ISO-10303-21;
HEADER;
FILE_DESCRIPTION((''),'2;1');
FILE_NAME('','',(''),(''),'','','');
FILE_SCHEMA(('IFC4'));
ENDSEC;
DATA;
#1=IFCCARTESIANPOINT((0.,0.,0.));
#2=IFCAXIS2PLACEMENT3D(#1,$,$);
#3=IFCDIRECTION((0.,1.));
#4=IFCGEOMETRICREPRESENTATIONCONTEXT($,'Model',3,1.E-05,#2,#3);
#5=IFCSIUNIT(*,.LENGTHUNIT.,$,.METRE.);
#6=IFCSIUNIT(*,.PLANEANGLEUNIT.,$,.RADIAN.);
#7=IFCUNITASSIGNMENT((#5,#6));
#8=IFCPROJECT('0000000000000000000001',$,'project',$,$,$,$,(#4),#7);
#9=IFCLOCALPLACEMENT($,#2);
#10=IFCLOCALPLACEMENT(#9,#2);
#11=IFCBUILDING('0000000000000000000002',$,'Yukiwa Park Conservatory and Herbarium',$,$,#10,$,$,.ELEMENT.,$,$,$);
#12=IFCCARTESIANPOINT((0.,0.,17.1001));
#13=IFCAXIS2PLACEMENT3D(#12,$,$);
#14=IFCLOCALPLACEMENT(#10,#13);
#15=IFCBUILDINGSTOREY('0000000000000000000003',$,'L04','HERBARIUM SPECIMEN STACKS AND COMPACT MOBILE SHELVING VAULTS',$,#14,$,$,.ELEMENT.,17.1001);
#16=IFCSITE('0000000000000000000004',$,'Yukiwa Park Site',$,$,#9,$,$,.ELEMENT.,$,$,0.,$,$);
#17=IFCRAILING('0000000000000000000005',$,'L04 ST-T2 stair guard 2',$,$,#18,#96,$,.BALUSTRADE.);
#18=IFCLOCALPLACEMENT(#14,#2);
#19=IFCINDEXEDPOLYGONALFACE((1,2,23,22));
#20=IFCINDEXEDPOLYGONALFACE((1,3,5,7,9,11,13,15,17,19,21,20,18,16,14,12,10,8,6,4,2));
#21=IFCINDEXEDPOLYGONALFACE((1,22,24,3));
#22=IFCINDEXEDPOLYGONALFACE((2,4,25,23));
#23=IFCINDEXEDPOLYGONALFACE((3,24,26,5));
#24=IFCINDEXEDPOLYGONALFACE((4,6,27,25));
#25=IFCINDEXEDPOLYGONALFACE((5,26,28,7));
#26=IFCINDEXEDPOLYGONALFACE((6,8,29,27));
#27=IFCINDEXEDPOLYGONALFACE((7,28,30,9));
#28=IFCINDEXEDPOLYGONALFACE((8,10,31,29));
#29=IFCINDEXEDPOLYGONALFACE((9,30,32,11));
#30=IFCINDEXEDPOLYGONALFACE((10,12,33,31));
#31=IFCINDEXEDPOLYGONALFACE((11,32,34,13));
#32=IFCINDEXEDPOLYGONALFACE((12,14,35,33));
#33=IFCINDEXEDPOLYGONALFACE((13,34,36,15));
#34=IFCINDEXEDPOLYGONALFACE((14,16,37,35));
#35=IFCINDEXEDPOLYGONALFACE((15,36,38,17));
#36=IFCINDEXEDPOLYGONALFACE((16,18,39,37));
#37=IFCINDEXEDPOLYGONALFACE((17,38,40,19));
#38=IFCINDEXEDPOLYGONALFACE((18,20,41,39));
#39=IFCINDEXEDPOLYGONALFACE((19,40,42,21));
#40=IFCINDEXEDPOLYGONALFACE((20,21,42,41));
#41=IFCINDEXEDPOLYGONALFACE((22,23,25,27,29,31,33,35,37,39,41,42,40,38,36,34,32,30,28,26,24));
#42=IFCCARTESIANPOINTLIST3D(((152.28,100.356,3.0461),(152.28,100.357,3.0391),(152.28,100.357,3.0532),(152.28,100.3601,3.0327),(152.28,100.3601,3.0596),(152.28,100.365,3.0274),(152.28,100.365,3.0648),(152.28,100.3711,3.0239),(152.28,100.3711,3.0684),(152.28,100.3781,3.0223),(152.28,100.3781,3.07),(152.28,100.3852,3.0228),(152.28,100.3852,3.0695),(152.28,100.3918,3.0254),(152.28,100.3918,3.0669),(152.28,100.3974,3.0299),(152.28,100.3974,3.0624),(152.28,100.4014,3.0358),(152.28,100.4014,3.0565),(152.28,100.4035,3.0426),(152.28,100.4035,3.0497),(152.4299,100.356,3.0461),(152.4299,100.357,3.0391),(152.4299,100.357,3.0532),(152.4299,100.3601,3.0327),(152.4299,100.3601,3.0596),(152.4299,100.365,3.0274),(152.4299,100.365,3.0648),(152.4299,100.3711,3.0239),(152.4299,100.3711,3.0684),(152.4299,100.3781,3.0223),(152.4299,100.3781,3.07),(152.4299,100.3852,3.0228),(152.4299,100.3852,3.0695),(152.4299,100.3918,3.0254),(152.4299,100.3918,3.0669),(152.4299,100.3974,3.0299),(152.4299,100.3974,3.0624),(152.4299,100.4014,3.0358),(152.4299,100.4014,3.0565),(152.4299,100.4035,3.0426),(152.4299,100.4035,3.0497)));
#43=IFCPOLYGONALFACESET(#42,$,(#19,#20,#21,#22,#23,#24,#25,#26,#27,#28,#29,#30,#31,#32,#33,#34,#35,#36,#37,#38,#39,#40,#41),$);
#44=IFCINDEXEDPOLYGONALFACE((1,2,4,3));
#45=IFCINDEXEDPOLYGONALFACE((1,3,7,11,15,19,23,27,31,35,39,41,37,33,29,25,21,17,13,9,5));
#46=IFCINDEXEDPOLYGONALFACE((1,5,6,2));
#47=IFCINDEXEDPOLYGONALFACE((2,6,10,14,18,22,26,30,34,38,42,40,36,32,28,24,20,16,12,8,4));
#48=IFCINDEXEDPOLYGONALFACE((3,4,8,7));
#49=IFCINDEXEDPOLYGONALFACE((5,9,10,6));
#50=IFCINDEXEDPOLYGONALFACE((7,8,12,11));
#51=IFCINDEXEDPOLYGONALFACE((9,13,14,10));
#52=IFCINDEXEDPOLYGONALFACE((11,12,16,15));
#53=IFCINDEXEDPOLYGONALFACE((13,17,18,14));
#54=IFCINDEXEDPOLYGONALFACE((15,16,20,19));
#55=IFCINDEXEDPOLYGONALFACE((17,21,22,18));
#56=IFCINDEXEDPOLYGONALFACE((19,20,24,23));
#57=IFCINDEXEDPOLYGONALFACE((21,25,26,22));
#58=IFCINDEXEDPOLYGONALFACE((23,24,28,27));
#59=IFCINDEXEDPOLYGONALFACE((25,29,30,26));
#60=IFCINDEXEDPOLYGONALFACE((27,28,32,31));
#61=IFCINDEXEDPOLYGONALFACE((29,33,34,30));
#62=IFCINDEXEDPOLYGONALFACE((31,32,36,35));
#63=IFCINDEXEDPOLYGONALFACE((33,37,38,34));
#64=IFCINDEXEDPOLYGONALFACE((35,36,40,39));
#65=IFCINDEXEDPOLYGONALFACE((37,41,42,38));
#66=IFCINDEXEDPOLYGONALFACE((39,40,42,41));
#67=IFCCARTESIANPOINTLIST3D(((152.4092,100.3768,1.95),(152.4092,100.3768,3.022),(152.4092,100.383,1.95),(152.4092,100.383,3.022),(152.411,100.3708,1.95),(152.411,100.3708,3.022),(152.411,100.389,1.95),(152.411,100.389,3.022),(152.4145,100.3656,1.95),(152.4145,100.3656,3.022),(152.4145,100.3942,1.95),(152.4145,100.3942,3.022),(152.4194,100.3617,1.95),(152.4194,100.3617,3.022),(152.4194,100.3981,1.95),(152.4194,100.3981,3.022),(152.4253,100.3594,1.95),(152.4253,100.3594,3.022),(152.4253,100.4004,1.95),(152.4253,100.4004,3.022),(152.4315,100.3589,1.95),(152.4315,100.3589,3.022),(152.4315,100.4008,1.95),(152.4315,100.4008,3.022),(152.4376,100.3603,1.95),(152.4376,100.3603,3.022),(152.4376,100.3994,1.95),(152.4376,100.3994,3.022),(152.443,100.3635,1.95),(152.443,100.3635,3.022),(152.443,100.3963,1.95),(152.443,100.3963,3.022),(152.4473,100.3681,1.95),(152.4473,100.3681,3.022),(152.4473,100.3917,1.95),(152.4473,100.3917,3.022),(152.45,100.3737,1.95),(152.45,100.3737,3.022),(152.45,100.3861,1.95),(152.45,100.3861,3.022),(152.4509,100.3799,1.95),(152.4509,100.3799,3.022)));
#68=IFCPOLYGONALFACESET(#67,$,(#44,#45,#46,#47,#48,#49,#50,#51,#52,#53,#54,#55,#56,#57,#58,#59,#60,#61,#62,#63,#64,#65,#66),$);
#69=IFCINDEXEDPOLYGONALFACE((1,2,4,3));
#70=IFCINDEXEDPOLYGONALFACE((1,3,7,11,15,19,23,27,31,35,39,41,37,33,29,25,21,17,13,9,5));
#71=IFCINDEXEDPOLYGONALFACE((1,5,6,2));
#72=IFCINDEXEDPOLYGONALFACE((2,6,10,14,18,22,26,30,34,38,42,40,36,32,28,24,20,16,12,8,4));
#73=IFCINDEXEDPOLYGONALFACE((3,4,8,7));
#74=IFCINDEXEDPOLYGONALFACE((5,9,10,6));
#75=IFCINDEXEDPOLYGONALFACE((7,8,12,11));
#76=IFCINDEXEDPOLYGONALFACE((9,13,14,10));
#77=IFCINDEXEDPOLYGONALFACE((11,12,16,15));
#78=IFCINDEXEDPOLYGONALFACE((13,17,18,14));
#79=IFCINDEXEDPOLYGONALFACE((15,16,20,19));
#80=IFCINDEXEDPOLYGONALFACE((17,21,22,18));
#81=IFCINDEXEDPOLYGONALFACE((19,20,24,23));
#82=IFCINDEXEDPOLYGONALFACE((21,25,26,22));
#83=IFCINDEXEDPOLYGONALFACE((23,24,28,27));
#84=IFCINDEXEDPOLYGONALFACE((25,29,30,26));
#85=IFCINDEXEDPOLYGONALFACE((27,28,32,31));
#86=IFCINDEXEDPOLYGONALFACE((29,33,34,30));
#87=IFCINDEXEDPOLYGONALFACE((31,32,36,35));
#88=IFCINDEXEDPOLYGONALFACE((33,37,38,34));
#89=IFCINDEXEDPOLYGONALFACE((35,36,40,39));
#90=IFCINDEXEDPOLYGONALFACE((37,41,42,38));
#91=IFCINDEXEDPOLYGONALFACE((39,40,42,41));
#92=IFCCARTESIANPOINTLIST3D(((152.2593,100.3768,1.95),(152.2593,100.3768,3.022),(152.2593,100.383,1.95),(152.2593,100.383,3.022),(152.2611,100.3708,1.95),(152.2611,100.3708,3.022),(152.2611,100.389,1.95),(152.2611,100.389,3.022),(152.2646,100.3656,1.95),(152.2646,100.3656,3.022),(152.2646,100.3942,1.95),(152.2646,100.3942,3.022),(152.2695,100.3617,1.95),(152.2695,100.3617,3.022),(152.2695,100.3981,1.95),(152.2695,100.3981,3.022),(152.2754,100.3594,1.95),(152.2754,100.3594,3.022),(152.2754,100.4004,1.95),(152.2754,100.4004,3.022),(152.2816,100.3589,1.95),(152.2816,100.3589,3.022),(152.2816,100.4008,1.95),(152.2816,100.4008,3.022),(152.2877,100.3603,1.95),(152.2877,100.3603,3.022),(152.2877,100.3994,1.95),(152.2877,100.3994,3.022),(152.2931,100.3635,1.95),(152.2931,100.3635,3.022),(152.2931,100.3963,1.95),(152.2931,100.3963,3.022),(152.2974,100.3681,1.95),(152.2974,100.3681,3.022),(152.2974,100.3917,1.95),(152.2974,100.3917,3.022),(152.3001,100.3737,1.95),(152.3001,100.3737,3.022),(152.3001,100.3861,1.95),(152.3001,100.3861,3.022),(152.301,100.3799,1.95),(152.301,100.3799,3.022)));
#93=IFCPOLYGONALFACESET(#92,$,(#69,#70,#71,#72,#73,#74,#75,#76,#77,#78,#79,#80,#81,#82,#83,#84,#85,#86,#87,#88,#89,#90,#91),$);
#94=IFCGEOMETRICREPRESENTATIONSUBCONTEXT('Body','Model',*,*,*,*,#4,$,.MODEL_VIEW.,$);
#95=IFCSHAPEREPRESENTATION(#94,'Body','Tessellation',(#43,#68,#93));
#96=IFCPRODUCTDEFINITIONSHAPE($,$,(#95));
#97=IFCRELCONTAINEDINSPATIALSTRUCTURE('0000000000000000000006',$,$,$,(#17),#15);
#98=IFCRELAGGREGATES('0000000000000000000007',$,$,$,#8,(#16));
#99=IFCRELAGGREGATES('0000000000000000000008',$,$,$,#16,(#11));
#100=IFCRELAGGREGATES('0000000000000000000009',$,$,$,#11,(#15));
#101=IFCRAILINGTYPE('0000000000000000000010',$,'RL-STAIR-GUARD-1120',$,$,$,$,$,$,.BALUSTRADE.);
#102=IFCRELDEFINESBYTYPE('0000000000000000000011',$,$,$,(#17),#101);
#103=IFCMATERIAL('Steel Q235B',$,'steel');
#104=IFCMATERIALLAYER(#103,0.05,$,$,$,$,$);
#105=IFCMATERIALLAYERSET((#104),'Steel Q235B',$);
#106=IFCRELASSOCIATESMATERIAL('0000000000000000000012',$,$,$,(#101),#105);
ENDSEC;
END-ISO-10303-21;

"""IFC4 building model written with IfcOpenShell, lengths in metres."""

from ifc_helpers import new_model, si_unit, direction, frame, origin, origin_2d, place, context, subcontext, project, spatial, circle, extrude, material, layer, layer_set, type_object, element, save


model = new_model("IFC4")

# Units and contexts
model_context = context("Model", 3, precision=1e-05, world=origin(), true_north=direction((0.0, 1.0)))
body_context = subcontext(model_context, "Body", "Model", "MODEL_VIEW")
ifc_project = project(units=[si_unit("LENGTHUNIT", "METRE"), si_unit("PLANEANGLEUNIT", "RADIAN")], contexts=[model_context])

# Site, building, storey
site_placement = place(None, origin())
site = spatial("IfcSite", under=ifc_project, at=site_placement, Name="Yukiwa Park Site", CompositionType="ELEMENT", RefElevation=0.0)
building_placement = place(site_placement, origin())
building = spatial("IfcBuilding", under=site, at=building_placement, Name="Yukiwa Park Conservatory and Herbarium", CompositionType="ELEMENT")
storey_placement = place(building_placement, frame((0.0, 0.0, 17.1001)))
storey = spatial("IfcBuildingStorey", under=building, at=storey_placement, Name="L04", Description="HERBARIUM SPECIMEN STACKS AND COMPACT MOBILE SHELVING VAULTS", CompositionType="ELEMENT", Elevation=17.1001)

# Railing
ifc_material_1 = material(Name="Steel Q235B", Category="steel")
ifc_layer_1 = layer(ifc_material_1, 0.05)
ifc_layer_set_1 = layer_set([ifc_layer_1], Name="Steel Q235B")
railing_type = type_object("IfcRailingType", Name="RL-STAIR-GUARD-1120", PredefinedType="BALUSTRADE", material=ifc_layer_set_1)
railing_1_placement = place(storey_placement, frame((152.4299, 100.3799, 1.95)))
element("IfcRailing", 1, at=railing_1_placement, inside=storey, type_object=railing_type, Name="L04 ST-T2 stair guard 2", PredefinedType="BALUSTRADE", context=body_context, shape_type="SweptSolid", body=[
    extrude(circle(Radius=0.0239, at=origin_2d()), frame((0.0, 0.0, 1.0962), z_axis=(-1.0, 0.0, 0.0), x_axis=(0.0, -1.0, 0.0)), (0.0, 0.0, 1.0), 0.1499),
    extrude(circle(Radius=0.021, at=origin_2d()), origin(), (0.0, 0.0, 1.0), 1.072),
    extrude(circle(Radius=0.021, at=origin_2d()), frame((-0.1499, 0.0, 0.0)), (0.0, 0.0, 1.0), 1.072),
])

save(model, "model.ifc")
